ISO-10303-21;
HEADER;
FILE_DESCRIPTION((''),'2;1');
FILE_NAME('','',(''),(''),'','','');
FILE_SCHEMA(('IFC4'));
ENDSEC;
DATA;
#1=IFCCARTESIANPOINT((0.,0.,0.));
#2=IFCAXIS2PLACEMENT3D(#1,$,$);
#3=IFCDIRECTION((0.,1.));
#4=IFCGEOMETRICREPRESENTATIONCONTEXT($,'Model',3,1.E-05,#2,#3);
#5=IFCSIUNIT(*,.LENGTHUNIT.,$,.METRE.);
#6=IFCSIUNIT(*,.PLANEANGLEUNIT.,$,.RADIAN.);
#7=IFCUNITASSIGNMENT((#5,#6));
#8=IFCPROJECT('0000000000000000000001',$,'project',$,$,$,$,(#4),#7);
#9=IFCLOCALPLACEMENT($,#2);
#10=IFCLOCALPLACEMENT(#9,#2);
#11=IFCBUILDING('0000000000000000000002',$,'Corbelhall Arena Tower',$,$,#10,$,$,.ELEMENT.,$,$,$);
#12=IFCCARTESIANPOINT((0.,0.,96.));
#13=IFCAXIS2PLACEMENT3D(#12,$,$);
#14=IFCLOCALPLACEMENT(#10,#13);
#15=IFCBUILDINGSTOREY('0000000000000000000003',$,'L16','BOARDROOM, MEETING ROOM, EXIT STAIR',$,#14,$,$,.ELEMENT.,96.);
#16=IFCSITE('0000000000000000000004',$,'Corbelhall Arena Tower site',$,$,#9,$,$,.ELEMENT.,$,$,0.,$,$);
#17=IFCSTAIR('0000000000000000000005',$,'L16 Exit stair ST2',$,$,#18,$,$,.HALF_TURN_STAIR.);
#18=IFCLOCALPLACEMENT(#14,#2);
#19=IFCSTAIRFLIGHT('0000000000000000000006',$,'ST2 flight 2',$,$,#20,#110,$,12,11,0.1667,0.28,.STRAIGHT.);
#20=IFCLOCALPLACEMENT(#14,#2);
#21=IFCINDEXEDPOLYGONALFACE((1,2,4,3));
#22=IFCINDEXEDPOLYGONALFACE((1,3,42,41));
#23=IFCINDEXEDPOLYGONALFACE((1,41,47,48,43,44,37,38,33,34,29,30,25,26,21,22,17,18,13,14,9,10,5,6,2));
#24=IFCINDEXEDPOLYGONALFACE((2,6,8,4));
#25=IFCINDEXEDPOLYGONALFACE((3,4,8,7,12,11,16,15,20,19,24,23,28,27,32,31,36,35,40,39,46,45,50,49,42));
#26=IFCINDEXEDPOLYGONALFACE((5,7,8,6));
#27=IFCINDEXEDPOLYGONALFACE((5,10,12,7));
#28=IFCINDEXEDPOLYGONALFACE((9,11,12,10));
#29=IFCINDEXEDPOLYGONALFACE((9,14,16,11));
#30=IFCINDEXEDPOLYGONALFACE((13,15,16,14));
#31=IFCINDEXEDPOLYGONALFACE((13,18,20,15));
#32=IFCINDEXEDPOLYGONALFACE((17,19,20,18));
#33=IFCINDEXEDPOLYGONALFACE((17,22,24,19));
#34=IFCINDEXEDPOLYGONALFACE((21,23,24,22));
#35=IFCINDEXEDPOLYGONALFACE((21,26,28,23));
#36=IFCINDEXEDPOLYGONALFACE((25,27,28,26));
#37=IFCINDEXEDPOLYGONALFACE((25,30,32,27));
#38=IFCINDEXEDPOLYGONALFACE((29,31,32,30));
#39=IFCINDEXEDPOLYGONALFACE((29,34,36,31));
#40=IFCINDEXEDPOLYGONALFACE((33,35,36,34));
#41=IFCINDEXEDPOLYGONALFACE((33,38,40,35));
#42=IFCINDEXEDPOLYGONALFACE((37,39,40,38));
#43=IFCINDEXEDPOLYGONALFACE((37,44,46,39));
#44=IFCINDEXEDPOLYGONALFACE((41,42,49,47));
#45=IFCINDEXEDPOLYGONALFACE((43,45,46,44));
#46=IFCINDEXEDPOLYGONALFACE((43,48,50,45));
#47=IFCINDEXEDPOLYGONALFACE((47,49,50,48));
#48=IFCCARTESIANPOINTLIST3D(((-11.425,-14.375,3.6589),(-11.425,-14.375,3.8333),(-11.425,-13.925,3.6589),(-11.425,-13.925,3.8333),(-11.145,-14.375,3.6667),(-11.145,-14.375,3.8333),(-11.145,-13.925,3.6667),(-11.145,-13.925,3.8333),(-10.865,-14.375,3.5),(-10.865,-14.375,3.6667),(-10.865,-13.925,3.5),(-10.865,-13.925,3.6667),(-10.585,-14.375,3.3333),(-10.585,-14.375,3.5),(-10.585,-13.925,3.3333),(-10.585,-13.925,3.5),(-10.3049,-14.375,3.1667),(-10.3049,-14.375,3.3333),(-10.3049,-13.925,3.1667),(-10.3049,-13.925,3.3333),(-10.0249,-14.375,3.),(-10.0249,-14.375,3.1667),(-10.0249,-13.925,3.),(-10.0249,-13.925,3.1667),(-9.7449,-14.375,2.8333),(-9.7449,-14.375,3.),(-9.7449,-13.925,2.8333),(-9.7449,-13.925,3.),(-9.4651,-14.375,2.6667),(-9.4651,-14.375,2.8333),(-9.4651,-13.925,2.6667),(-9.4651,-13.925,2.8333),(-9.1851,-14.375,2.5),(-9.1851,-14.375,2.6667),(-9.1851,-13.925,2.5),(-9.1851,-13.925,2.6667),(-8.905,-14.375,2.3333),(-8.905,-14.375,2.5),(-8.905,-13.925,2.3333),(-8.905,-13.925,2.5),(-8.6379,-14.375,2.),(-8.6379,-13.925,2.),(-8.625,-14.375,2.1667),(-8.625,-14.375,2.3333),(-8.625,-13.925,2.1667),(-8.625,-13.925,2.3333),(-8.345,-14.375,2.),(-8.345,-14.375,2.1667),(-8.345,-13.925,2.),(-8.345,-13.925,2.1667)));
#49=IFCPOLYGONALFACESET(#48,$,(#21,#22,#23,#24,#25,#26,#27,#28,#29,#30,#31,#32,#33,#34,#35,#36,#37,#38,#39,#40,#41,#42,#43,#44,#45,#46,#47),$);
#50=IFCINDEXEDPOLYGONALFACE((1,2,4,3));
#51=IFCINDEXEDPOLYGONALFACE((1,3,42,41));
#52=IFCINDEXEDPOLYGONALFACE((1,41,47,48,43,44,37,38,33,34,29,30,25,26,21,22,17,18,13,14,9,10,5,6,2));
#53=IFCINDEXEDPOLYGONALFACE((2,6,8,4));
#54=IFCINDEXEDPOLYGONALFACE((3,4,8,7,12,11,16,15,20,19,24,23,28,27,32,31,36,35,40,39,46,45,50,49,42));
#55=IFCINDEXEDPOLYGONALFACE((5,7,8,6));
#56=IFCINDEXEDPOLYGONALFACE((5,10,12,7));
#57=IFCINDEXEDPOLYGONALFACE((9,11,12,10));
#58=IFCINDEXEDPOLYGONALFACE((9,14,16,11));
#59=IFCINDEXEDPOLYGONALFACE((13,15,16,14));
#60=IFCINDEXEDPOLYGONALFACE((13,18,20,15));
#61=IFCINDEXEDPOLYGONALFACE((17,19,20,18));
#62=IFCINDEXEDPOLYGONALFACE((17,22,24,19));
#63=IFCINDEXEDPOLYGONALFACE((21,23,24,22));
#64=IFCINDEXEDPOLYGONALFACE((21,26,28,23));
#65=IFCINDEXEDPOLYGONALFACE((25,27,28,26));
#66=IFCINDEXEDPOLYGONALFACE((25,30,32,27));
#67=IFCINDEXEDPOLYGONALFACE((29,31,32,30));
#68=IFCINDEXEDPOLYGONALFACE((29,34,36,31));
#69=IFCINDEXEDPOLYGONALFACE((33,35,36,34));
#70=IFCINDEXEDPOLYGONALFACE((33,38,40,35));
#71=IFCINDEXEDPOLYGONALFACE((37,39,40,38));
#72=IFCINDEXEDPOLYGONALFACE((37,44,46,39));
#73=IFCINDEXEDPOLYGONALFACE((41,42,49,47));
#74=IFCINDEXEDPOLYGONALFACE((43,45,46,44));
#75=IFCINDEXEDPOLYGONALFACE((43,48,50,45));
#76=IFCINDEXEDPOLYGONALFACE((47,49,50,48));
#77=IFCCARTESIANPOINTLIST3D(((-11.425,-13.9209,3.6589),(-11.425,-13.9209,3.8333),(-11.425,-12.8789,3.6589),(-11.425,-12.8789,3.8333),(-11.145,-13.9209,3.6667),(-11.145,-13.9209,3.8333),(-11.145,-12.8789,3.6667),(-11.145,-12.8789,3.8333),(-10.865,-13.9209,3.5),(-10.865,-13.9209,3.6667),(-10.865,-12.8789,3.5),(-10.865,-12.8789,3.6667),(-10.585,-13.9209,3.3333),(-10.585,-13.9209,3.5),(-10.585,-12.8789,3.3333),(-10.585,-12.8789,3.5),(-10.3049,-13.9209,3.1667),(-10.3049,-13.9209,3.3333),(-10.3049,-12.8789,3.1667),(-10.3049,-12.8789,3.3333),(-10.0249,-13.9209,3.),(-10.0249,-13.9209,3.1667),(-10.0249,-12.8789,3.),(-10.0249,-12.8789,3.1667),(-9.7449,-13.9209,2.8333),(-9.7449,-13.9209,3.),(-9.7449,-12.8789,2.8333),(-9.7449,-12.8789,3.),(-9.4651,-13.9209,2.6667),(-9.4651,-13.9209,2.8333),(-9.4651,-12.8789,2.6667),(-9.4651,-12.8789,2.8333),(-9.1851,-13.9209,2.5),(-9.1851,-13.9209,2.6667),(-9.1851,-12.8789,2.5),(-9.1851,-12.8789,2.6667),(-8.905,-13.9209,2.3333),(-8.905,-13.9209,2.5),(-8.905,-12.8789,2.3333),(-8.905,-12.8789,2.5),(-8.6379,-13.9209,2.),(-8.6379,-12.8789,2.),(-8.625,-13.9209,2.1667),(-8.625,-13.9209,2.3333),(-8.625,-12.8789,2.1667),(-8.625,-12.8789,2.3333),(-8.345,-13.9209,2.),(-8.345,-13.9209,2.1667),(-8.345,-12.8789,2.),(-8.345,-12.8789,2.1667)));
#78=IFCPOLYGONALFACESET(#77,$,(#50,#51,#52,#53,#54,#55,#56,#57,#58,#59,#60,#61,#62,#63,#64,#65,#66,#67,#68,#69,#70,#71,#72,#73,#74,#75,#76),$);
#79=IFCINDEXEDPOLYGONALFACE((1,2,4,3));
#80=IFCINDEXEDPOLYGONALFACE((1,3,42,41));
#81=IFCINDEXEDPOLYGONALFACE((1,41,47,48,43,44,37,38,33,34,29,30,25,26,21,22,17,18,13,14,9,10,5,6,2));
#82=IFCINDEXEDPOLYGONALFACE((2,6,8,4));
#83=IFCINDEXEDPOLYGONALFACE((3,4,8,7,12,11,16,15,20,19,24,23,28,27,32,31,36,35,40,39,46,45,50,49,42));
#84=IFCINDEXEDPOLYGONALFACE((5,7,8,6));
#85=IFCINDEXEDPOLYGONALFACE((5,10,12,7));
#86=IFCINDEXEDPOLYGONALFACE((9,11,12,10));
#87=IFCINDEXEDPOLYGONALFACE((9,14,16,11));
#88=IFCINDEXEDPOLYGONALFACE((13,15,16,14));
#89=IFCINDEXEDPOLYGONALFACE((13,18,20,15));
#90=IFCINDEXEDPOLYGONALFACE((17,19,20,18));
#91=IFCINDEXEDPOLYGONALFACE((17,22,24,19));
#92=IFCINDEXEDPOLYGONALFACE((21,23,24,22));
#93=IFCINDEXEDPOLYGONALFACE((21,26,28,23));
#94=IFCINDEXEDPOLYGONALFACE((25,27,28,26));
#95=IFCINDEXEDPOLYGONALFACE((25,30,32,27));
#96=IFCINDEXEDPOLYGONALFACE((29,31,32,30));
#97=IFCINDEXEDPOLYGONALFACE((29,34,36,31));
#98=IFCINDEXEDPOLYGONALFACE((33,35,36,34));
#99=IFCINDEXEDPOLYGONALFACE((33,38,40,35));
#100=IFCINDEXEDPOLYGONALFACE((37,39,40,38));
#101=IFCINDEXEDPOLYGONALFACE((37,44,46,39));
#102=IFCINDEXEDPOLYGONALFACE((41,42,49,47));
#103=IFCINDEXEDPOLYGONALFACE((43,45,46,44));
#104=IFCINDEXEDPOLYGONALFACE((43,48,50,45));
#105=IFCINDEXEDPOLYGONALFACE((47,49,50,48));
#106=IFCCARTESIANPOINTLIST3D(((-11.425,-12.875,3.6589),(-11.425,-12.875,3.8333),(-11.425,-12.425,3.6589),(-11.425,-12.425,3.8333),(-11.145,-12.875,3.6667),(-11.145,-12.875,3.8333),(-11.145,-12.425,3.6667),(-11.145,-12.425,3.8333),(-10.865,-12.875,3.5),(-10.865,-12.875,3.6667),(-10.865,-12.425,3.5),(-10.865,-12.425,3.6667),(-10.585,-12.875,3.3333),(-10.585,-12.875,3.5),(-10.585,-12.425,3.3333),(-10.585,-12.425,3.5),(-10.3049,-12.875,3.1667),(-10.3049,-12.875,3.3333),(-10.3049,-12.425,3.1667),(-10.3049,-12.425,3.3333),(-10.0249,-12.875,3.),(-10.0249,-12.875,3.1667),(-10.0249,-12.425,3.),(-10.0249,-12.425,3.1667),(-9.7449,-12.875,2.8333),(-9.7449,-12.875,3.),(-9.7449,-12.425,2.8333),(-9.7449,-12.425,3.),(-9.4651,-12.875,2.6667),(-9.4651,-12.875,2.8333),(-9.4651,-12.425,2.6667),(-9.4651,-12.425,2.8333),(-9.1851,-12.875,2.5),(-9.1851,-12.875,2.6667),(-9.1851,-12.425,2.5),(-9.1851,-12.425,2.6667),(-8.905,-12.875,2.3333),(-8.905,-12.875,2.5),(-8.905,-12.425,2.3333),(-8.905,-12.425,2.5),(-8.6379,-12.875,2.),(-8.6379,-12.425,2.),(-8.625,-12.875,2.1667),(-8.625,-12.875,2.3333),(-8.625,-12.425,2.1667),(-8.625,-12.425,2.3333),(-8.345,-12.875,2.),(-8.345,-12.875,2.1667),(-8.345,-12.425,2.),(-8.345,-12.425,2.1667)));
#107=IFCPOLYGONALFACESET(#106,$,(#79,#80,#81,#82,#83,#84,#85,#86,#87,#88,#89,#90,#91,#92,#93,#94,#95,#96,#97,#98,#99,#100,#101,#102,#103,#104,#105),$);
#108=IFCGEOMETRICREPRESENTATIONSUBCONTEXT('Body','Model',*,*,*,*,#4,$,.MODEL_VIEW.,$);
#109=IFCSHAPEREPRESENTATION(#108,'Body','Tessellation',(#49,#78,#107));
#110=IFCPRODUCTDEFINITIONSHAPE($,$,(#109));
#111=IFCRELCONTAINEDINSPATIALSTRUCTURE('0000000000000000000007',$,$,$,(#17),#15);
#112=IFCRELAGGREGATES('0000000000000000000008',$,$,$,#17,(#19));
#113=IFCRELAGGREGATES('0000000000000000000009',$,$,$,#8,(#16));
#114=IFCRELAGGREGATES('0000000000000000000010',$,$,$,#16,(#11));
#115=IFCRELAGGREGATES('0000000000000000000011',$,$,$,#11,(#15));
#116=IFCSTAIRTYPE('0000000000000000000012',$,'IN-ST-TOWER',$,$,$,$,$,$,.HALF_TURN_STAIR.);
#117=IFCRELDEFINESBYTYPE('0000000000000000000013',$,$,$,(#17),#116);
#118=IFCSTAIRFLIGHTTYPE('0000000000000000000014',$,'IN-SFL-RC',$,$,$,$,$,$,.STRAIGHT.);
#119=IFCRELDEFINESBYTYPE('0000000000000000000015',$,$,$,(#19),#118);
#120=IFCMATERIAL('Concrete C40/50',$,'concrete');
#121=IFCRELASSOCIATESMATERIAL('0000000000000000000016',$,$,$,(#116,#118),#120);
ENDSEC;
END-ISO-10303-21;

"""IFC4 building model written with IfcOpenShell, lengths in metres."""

from ifc_helpers import new_model, si_unit, direction, frame, origin, place, context, subcontext, project, spatial, polyline, outline, extrude, material, type_object, element, aggregate, save


model = new_model("IFC4")

# Units and contexts
model_context = context("Model", 3, precision=1e-05, world=origin(), true_north=direction((0.0, 1.0)))
body_context = subcontext(model_context, "Body", "Model", "MODEL_VIEW")
ifc_project = project(units=[si_unit("LENGTHUNIT", "METRE"), si_unit("PLANEANGLEUNIT", "RADIAN")], contexts=[model_context])

# Site, building, storey
site_placement = place(None, origin())
site = spatial("IfcSite", under=ifc_project, at=site_placement, Name="Corbelhall Arena Tower site", CompositionType="ELEMENT", RefElevation=0.0)
building_placement = place(site_placement, origin())
building = spatial("IfcBuilding", under=site, at=building_placement, Name="Corbelhall Arena Tower", CompositionType="ELEMENT")
storey_placement = place(building_placement, frame((0.0, 0.0, 96.0)))
storey = spatial("IfcBuildingStorey", under=building, at=storey_placement, Name="L16", Description="BOARDROOM, MEETING ROOM, EXIT STAIR", CompositionType="ELEMENT", Elevation=96.0)

# Shared definitions
ifc_material_1 = material(Name="Concrete C40/50", Category="concrete")

# Stair, stair flight
stair_type = type_object("IfcStairType", Name="IN-ST-TOWER", PredefinedType="HALF_TURN_STAIR", material=ifc_material_1)
stair_placement = place(storey_placement, origin())
stair = element("IfcStair", 1, at=stair_placement, inside=storey, type_object=stair_type, Name="L16 Exit stair ST2", PredefinedType="HALF_TURN_STAIR")
stair_flight_type = type_object("IfcStairFlightType", Name="IN-SFL-RC", PredefinedType="STRAIGHT", material=ifc_material_1)
stair_flight_1_placement = place(storey_placement, frame((-8.345, -13.3999, 2.0), z_axis=(0.0, 0.0, 1.0), x_axis=(-1.0, 0.0, 0.0)))
stair_flight_1 = element("IfcStairFlight", 2, at=stair_flight_1_placement, type_object=stair_flight_type, Name="ST2 flight 2", NumberOfRisers=12, NumberOfTreads=11, PredefinedType="STRAIGHT", RiserHeight=0.1667, TreadLength=0.28, context=body_context, shape_type="SweptSolid", body=[
    extrude(outline(polyline([(0.0, 0.0), (0.0, 0.1667), (0.28, 0.1667), (0.28, 0.3333), (0.5601, 0.3333), (0.5601, 0.5), (0.8401, 0.5), (0.8401, 0.6667), (1.1201, 0.6667), (1.1201, 0.8333), (1.3999, 0.8333), (1.3999, 1.0), (1.6799, 1.0), (1.6799, 1.1667), (1.96, 1.1667), (1.96, 1.3333), (2.24, 1.3333), (2.24, 1.5), (2.52, 1.5), (2.52, 1.6667), (2.8, 1.6667), (2.8, 1.8333), (3.0801, 1.8333), (3.0801, 2.0), (3.0801, 1.6589), (0.293, 0.0), (0.0, 0.0)])), frame((0.0, 0.9751, 0.0), z_axis=(0.0, -1.0, 0.0), x_axis=(1.0, 0.0, 0.0)), (0.0, 0.0, 1.0), 0.45),
    extrude(outline(polyline([(0.0, 0.0), (0.0, 0.1667), (0.28, 0.1667), (0.28, 0.3333), (0.5601, 0.3333), (0.5601, 0.5), (0.8401, 0.5), (0.8401, 0.6667), (1.1201, 0.6667), (1.1201, 0.8333), (1.3999, 0.8333), (1.3999, 1.0), (1.6799, 1.0), (1.6799, 1.1667), (1.96, 1.1667), (1.96, 1.3333), (2.24, 1.3333), (2.24, 1.5), (2.52, 1.5), (2.52, 1.6667), (2.8, 1.6667), (2.8, 1.8333), (3.0801, 1.8333), (3.0801, 2.0), (3.0801, 1.6589), (0.293, 0.0), (0.0, 0.0)])), frame((0.0, 0.521, 0.0), z_axis=(0.0, -1.0, 0.0), x_axis=(1.0, 0.0, 0.0)), (0.0, 0.0, 1.0), 1.042),
    extrude(outline(polyline([(0.0, 0.0), (0.0, 0.1667), (0.28, 0.1667), (0.28, 0.3333), (0.5601, 0.3333), (0.5601, 0.5), (0.8401, 0.5), (0.8401, 0.6667), (1.1201, 0.6667), (1.1201, 0.8333), (1.3999, 0.8333), (1.3999, 1.0), (1.6799, 1.0), (1.6799, 1.1667), (1.96, 1.1667), (1.96, 1.3333), (2.24, 1.3333), (2.24, 1.5), (2.52, 1.5), (2.52, 1.6667), (2.8, 1.6667), (2.8, 1.8333), (3.0801, 1.8333), (3.0801, 2.0), (3.0801, 1.6589), (0.293, 0.0), (0.0, 0.0)])), frame((0.0, -0.5249, 0.0), z_axis=(0.0, -1.0, 0.0), x_axis=(1.0, 0.0, 0.0)), (0.0, 0.0, 1.0), 0.45),
])
aggregate(stair, [stair_flight_1])

save(model, "model.ifc")
